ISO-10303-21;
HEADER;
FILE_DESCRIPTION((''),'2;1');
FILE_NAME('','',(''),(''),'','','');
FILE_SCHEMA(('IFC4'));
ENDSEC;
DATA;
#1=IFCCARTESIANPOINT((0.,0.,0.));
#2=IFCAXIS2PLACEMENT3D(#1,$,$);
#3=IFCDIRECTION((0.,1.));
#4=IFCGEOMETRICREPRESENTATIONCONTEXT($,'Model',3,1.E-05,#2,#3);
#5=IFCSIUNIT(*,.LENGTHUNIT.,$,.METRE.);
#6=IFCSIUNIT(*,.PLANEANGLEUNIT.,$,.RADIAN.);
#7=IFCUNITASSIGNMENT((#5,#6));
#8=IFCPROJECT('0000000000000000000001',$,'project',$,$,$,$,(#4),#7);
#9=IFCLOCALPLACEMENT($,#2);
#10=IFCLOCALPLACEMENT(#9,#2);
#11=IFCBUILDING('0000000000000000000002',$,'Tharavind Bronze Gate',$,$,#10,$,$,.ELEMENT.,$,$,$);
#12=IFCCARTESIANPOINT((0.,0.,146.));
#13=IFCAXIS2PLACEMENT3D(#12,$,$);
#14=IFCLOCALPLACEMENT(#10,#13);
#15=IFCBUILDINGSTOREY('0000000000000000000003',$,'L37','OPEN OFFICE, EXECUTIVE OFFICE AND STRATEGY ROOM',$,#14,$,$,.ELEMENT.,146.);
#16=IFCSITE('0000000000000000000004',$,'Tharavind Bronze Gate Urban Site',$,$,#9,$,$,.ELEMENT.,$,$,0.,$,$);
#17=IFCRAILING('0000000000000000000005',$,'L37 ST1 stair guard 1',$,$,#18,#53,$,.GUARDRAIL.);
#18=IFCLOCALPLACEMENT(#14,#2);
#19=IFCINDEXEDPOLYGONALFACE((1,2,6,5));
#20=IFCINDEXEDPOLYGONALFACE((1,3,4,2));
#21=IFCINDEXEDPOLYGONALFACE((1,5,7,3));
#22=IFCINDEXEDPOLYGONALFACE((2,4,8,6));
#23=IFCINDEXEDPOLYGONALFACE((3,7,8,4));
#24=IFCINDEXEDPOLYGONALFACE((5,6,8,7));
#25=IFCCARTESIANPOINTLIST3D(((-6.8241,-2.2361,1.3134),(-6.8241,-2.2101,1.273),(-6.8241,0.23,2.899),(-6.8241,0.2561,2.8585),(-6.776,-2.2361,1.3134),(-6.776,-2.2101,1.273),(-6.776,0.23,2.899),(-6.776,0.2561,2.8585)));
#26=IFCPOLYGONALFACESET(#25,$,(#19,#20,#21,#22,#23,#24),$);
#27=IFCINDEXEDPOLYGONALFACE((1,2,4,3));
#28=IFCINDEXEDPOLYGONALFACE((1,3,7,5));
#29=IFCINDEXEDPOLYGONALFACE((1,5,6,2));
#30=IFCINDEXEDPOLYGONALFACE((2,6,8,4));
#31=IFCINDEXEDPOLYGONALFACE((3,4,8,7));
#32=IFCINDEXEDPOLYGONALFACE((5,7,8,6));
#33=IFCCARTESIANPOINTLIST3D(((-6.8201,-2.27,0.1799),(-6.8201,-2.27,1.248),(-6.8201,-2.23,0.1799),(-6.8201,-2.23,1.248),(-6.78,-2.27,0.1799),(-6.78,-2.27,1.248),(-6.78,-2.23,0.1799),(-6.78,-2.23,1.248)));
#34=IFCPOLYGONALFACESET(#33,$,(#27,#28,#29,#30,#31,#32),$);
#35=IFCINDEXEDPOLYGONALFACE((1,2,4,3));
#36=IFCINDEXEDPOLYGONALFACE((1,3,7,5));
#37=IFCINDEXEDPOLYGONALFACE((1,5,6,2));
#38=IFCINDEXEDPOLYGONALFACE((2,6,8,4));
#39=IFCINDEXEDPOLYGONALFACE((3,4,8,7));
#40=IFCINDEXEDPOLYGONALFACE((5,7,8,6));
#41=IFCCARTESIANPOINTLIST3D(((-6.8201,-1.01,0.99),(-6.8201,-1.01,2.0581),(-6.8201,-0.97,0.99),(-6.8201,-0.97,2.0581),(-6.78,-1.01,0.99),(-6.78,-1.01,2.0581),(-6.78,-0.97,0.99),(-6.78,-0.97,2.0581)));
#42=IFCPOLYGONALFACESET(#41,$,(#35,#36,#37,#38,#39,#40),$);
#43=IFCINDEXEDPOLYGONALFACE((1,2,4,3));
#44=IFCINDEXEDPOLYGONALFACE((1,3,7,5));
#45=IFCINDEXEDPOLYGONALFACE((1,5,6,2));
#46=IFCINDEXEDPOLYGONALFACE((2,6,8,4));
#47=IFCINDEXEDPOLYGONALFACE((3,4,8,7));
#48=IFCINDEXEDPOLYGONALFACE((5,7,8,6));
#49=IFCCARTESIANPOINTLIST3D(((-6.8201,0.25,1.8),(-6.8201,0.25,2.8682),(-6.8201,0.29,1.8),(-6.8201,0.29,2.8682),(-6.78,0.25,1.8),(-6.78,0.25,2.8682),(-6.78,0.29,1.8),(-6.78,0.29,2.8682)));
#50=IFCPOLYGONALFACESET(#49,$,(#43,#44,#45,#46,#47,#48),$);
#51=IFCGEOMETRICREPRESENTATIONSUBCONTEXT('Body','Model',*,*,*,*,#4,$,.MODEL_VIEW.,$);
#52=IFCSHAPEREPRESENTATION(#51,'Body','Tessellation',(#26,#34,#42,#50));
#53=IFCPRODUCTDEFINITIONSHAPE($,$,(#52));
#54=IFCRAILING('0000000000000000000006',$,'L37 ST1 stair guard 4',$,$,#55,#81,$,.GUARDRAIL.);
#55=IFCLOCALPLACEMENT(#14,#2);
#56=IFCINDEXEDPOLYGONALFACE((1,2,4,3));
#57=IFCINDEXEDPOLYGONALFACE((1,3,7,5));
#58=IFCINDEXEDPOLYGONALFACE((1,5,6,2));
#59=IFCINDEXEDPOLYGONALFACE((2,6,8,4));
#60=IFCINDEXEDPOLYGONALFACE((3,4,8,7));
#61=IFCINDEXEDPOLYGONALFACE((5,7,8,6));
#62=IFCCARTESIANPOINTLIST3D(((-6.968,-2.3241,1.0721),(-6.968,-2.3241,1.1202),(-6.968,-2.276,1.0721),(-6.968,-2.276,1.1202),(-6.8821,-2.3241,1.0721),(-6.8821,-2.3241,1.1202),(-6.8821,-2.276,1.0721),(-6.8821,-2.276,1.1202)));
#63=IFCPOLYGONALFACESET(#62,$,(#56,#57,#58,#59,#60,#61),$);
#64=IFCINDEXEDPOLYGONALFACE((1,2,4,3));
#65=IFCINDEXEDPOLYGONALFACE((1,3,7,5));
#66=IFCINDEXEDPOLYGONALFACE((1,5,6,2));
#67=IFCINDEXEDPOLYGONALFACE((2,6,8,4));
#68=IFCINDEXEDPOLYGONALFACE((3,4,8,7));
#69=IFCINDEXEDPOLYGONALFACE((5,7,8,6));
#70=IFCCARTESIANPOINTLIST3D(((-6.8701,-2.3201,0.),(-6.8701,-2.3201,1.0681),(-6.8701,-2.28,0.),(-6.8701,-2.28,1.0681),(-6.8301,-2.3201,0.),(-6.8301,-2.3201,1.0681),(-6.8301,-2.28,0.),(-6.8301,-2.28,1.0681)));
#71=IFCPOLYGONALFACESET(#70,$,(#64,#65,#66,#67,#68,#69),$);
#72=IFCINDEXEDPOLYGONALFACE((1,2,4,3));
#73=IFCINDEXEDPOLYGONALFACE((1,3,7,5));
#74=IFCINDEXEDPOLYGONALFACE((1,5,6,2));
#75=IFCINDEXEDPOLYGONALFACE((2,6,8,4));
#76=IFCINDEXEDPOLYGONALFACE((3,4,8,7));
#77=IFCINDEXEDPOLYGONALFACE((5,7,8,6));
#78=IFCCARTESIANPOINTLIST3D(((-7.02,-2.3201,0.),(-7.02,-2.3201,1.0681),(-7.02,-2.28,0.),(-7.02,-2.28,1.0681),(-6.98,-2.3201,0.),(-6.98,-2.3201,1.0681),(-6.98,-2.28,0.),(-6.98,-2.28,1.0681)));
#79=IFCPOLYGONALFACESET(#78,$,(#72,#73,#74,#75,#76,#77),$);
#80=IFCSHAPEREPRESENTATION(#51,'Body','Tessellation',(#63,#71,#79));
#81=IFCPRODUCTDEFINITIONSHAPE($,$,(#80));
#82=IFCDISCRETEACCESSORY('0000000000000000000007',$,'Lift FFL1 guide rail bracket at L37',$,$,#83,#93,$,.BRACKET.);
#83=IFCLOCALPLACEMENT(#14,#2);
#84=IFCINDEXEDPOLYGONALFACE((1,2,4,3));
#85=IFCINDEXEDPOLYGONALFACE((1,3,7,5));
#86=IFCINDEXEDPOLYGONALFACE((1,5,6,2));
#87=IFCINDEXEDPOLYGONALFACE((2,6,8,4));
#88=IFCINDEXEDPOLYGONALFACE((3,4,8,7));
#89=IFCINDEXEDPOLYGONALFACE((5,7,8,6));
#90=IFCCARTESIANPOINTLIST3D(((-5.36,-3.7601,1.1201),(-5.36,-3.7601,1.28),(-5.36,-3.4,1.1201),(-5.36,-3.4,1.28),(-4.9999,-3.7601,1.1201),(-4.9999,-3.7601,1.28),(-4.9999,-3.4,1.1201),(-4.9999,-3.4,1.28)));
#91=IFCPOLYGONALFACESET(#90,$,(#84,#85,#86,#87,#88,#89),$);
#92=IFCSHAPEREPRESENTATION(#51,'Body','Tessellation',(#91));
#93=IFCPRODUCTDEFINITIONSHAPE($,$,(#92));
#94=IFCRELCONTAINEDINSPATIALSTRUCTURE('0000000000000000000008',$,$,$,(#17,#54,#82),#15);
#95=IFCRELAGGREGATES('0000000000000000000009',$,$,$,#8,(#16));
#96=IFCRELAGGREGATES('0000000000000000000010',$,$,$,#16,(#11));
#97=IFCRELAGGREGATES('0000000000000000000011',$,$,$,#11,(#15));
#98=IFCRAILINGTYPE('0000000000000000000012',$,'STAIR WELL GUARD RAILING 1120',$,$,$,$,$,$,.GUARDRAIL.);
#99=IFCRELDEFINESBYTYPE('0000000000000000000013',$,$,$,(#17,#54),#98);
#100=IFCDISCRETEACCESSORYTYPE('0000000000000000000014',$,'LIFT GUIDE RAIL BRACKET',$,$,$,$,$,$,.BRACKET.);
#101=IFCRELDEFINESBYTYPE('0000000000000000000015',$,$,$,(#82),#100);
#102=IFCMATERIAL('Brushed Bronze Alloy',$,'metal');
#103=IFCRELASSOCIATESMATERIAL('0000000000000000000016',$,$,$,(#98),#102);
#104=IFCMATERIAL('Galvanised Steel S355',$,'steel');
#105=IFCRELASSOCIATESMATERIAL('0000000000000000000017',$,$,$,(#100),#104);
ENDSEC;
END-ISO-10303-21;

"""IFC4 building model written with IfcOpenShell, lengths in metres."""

from ifc_helpers import new_model, si_unit, direction, frame, origin, origin_2d, place, context, subcontext, project, spatial, rectangle, extrude, material, type_object, element, save


model = new_model("IFC4")

# Units and contexts
model_context = context("Model", 3, precision=1e-05, world=origin(), true_north=direction((0.0, 1.0)))
body_context = subcontext(model_context, "Body", "Model", "MODEL_VIEW")
ifc_project = project(units=[si_unit("LENGTHUNIT", "METRE"), si_unit("PLANEANGLEUNIT", "RADIAN")], contexts=[model_context])

# Site, building, storey
site_placement = place(None, origin())
site = spatial("IfcSite", under=ifc_project, at=site_placement, Name="Tharavind Bronze Gate Urban Site", CompositionType="ELEMENT", RefElevation=0.0)
building_placement = place(site_placement, origin())
building = spatial("IfcBuilding", under=site, at=building_placement, Name="Tharavind Bronze Gate", CompositionType="ELEMENT")
storey_placement = place(building_placement, frame((0.0, 0.0, 146.0)))
storey = spatial("IfcBuildingStorey", under=building, at=storey_placement, Name="L37", Description="OPEN OFFICE, EXECUTIVE OFFICE AND STRATEGY ROOM", CompositionType="ELEMENT", Elevation=146.0)

# Railings
ifc_material_1 = material(Name="Brushed Bronze Alloy", Category="metal")
railing_type_1 = type_object("IfcRailingType", Name="STAIR WELL GUARD RAILING 1120", PredefinedType="GUARDRAIL", material=ifc_material_1)
railing_1_placement = place(storey_placement, frame((-6.8, -2.25, 0.1799)))
element("IfcRailing", 1, at=railing_1_placement, inside=storey, type_object=railing_type_1, Name="L37 ST1 stair guard 1", PredefinedType="GUARDRAIL", context=body_context, shape_type="SweptSolid", body=[
    extrude(rectangle(XDim=0.0481, YDim=0.0481, at=origin_2d()), frame((0.0, 0.0269, 1.1133), z_axis=(0.0, 0.841163, 0.540782), x_axis=(-1.0, 0.0, 0.0)), (0.0, 0.0, 1.0), 2.9319),
    extrude(rectangle(XDim=0.04, YDim=0.04, at=origin_2d()), origin(), (0.0, 0.0, 1.0), 1.0681),
    extrude(rectangle(XDim=0.04, YDim=0.04, at=origin_2d()), frame((0.0, 1.26, 0.8101)), (0.0, 0.0, 1.0), 1.0681),
    extrude(rectangle(XDim=0.04, YDim=0.04, at=origin_2d()), frame((0.0, 2.52, 1.6201)), (0.0, 0.0, 1.0), 1.0681),
])
railing_2_placement = place(storey_placement, frame((-6.8501, -2.3, 0.0)))
element("IfcRailing", 2, at=railing_2_placement, inside=storey, type_object=railing_type_1, Name="L37 ST1 stair guard 4", PredefinedType="GUARDRAIL", context=body_context, shape_type="SweptSolid", body=[
    extrude(rectangle(XDim=0.0481, YDim=0.0481, at=origin_2d()), frame((-0.032, 0.0, 1.0962), z_axis=(-1.0, 0.0, 0.0), x_axis=(0.0, -1.0, 0.0)), (0.0, 0.0, 1.0), 0.0859),
    extrude(rectangle(XDim=0.04, YDim=0.04, at=origin_2d()), origin(), (0.0, 0.0, 1.0), 1.0681),
    extrude(rectangle(XDim=0.04, YDim=0.04, at=origin_2d()), frame((-0.1499, 0.0, 0.0)), (0.0, 0.0, 1.0), 1.0681),
])

# Discrete accessory
ifc_material_2 = material(Name="Galvanised Steel S355", Category="steel")
discrete_accessory_type = type_object("IfcDiscreteAccessoryType", Name="LIFT GUIDE RAIL BRACKET", PredefinedType="BRACKET", material=ifc_material_2)
discrete_accessory_placement = place(storey_placement, frame((-5.1799, -3.5801, 1.1201), z_axis=(0.0, 0.0, 1.0), x_axis=(1.0, 0.0, 0.0)))
element("IfcDiscreteAccessory", 3, at=discrete_accessory_placement, inside=storey, type_object=discrete_accessory_type, Name="Lift FFL1 guide rail bracket at L37", PredefinedType="BRACKET", context=body_context, shape_type="SweptSolid", body=[
    extrude(rectangle(XDim=0.3601, YDim=0.3601, at=origin_2d()), origin(), (0.0, 0.0, 1.0), 0.1599),
])

save(model, "model.ifc")
